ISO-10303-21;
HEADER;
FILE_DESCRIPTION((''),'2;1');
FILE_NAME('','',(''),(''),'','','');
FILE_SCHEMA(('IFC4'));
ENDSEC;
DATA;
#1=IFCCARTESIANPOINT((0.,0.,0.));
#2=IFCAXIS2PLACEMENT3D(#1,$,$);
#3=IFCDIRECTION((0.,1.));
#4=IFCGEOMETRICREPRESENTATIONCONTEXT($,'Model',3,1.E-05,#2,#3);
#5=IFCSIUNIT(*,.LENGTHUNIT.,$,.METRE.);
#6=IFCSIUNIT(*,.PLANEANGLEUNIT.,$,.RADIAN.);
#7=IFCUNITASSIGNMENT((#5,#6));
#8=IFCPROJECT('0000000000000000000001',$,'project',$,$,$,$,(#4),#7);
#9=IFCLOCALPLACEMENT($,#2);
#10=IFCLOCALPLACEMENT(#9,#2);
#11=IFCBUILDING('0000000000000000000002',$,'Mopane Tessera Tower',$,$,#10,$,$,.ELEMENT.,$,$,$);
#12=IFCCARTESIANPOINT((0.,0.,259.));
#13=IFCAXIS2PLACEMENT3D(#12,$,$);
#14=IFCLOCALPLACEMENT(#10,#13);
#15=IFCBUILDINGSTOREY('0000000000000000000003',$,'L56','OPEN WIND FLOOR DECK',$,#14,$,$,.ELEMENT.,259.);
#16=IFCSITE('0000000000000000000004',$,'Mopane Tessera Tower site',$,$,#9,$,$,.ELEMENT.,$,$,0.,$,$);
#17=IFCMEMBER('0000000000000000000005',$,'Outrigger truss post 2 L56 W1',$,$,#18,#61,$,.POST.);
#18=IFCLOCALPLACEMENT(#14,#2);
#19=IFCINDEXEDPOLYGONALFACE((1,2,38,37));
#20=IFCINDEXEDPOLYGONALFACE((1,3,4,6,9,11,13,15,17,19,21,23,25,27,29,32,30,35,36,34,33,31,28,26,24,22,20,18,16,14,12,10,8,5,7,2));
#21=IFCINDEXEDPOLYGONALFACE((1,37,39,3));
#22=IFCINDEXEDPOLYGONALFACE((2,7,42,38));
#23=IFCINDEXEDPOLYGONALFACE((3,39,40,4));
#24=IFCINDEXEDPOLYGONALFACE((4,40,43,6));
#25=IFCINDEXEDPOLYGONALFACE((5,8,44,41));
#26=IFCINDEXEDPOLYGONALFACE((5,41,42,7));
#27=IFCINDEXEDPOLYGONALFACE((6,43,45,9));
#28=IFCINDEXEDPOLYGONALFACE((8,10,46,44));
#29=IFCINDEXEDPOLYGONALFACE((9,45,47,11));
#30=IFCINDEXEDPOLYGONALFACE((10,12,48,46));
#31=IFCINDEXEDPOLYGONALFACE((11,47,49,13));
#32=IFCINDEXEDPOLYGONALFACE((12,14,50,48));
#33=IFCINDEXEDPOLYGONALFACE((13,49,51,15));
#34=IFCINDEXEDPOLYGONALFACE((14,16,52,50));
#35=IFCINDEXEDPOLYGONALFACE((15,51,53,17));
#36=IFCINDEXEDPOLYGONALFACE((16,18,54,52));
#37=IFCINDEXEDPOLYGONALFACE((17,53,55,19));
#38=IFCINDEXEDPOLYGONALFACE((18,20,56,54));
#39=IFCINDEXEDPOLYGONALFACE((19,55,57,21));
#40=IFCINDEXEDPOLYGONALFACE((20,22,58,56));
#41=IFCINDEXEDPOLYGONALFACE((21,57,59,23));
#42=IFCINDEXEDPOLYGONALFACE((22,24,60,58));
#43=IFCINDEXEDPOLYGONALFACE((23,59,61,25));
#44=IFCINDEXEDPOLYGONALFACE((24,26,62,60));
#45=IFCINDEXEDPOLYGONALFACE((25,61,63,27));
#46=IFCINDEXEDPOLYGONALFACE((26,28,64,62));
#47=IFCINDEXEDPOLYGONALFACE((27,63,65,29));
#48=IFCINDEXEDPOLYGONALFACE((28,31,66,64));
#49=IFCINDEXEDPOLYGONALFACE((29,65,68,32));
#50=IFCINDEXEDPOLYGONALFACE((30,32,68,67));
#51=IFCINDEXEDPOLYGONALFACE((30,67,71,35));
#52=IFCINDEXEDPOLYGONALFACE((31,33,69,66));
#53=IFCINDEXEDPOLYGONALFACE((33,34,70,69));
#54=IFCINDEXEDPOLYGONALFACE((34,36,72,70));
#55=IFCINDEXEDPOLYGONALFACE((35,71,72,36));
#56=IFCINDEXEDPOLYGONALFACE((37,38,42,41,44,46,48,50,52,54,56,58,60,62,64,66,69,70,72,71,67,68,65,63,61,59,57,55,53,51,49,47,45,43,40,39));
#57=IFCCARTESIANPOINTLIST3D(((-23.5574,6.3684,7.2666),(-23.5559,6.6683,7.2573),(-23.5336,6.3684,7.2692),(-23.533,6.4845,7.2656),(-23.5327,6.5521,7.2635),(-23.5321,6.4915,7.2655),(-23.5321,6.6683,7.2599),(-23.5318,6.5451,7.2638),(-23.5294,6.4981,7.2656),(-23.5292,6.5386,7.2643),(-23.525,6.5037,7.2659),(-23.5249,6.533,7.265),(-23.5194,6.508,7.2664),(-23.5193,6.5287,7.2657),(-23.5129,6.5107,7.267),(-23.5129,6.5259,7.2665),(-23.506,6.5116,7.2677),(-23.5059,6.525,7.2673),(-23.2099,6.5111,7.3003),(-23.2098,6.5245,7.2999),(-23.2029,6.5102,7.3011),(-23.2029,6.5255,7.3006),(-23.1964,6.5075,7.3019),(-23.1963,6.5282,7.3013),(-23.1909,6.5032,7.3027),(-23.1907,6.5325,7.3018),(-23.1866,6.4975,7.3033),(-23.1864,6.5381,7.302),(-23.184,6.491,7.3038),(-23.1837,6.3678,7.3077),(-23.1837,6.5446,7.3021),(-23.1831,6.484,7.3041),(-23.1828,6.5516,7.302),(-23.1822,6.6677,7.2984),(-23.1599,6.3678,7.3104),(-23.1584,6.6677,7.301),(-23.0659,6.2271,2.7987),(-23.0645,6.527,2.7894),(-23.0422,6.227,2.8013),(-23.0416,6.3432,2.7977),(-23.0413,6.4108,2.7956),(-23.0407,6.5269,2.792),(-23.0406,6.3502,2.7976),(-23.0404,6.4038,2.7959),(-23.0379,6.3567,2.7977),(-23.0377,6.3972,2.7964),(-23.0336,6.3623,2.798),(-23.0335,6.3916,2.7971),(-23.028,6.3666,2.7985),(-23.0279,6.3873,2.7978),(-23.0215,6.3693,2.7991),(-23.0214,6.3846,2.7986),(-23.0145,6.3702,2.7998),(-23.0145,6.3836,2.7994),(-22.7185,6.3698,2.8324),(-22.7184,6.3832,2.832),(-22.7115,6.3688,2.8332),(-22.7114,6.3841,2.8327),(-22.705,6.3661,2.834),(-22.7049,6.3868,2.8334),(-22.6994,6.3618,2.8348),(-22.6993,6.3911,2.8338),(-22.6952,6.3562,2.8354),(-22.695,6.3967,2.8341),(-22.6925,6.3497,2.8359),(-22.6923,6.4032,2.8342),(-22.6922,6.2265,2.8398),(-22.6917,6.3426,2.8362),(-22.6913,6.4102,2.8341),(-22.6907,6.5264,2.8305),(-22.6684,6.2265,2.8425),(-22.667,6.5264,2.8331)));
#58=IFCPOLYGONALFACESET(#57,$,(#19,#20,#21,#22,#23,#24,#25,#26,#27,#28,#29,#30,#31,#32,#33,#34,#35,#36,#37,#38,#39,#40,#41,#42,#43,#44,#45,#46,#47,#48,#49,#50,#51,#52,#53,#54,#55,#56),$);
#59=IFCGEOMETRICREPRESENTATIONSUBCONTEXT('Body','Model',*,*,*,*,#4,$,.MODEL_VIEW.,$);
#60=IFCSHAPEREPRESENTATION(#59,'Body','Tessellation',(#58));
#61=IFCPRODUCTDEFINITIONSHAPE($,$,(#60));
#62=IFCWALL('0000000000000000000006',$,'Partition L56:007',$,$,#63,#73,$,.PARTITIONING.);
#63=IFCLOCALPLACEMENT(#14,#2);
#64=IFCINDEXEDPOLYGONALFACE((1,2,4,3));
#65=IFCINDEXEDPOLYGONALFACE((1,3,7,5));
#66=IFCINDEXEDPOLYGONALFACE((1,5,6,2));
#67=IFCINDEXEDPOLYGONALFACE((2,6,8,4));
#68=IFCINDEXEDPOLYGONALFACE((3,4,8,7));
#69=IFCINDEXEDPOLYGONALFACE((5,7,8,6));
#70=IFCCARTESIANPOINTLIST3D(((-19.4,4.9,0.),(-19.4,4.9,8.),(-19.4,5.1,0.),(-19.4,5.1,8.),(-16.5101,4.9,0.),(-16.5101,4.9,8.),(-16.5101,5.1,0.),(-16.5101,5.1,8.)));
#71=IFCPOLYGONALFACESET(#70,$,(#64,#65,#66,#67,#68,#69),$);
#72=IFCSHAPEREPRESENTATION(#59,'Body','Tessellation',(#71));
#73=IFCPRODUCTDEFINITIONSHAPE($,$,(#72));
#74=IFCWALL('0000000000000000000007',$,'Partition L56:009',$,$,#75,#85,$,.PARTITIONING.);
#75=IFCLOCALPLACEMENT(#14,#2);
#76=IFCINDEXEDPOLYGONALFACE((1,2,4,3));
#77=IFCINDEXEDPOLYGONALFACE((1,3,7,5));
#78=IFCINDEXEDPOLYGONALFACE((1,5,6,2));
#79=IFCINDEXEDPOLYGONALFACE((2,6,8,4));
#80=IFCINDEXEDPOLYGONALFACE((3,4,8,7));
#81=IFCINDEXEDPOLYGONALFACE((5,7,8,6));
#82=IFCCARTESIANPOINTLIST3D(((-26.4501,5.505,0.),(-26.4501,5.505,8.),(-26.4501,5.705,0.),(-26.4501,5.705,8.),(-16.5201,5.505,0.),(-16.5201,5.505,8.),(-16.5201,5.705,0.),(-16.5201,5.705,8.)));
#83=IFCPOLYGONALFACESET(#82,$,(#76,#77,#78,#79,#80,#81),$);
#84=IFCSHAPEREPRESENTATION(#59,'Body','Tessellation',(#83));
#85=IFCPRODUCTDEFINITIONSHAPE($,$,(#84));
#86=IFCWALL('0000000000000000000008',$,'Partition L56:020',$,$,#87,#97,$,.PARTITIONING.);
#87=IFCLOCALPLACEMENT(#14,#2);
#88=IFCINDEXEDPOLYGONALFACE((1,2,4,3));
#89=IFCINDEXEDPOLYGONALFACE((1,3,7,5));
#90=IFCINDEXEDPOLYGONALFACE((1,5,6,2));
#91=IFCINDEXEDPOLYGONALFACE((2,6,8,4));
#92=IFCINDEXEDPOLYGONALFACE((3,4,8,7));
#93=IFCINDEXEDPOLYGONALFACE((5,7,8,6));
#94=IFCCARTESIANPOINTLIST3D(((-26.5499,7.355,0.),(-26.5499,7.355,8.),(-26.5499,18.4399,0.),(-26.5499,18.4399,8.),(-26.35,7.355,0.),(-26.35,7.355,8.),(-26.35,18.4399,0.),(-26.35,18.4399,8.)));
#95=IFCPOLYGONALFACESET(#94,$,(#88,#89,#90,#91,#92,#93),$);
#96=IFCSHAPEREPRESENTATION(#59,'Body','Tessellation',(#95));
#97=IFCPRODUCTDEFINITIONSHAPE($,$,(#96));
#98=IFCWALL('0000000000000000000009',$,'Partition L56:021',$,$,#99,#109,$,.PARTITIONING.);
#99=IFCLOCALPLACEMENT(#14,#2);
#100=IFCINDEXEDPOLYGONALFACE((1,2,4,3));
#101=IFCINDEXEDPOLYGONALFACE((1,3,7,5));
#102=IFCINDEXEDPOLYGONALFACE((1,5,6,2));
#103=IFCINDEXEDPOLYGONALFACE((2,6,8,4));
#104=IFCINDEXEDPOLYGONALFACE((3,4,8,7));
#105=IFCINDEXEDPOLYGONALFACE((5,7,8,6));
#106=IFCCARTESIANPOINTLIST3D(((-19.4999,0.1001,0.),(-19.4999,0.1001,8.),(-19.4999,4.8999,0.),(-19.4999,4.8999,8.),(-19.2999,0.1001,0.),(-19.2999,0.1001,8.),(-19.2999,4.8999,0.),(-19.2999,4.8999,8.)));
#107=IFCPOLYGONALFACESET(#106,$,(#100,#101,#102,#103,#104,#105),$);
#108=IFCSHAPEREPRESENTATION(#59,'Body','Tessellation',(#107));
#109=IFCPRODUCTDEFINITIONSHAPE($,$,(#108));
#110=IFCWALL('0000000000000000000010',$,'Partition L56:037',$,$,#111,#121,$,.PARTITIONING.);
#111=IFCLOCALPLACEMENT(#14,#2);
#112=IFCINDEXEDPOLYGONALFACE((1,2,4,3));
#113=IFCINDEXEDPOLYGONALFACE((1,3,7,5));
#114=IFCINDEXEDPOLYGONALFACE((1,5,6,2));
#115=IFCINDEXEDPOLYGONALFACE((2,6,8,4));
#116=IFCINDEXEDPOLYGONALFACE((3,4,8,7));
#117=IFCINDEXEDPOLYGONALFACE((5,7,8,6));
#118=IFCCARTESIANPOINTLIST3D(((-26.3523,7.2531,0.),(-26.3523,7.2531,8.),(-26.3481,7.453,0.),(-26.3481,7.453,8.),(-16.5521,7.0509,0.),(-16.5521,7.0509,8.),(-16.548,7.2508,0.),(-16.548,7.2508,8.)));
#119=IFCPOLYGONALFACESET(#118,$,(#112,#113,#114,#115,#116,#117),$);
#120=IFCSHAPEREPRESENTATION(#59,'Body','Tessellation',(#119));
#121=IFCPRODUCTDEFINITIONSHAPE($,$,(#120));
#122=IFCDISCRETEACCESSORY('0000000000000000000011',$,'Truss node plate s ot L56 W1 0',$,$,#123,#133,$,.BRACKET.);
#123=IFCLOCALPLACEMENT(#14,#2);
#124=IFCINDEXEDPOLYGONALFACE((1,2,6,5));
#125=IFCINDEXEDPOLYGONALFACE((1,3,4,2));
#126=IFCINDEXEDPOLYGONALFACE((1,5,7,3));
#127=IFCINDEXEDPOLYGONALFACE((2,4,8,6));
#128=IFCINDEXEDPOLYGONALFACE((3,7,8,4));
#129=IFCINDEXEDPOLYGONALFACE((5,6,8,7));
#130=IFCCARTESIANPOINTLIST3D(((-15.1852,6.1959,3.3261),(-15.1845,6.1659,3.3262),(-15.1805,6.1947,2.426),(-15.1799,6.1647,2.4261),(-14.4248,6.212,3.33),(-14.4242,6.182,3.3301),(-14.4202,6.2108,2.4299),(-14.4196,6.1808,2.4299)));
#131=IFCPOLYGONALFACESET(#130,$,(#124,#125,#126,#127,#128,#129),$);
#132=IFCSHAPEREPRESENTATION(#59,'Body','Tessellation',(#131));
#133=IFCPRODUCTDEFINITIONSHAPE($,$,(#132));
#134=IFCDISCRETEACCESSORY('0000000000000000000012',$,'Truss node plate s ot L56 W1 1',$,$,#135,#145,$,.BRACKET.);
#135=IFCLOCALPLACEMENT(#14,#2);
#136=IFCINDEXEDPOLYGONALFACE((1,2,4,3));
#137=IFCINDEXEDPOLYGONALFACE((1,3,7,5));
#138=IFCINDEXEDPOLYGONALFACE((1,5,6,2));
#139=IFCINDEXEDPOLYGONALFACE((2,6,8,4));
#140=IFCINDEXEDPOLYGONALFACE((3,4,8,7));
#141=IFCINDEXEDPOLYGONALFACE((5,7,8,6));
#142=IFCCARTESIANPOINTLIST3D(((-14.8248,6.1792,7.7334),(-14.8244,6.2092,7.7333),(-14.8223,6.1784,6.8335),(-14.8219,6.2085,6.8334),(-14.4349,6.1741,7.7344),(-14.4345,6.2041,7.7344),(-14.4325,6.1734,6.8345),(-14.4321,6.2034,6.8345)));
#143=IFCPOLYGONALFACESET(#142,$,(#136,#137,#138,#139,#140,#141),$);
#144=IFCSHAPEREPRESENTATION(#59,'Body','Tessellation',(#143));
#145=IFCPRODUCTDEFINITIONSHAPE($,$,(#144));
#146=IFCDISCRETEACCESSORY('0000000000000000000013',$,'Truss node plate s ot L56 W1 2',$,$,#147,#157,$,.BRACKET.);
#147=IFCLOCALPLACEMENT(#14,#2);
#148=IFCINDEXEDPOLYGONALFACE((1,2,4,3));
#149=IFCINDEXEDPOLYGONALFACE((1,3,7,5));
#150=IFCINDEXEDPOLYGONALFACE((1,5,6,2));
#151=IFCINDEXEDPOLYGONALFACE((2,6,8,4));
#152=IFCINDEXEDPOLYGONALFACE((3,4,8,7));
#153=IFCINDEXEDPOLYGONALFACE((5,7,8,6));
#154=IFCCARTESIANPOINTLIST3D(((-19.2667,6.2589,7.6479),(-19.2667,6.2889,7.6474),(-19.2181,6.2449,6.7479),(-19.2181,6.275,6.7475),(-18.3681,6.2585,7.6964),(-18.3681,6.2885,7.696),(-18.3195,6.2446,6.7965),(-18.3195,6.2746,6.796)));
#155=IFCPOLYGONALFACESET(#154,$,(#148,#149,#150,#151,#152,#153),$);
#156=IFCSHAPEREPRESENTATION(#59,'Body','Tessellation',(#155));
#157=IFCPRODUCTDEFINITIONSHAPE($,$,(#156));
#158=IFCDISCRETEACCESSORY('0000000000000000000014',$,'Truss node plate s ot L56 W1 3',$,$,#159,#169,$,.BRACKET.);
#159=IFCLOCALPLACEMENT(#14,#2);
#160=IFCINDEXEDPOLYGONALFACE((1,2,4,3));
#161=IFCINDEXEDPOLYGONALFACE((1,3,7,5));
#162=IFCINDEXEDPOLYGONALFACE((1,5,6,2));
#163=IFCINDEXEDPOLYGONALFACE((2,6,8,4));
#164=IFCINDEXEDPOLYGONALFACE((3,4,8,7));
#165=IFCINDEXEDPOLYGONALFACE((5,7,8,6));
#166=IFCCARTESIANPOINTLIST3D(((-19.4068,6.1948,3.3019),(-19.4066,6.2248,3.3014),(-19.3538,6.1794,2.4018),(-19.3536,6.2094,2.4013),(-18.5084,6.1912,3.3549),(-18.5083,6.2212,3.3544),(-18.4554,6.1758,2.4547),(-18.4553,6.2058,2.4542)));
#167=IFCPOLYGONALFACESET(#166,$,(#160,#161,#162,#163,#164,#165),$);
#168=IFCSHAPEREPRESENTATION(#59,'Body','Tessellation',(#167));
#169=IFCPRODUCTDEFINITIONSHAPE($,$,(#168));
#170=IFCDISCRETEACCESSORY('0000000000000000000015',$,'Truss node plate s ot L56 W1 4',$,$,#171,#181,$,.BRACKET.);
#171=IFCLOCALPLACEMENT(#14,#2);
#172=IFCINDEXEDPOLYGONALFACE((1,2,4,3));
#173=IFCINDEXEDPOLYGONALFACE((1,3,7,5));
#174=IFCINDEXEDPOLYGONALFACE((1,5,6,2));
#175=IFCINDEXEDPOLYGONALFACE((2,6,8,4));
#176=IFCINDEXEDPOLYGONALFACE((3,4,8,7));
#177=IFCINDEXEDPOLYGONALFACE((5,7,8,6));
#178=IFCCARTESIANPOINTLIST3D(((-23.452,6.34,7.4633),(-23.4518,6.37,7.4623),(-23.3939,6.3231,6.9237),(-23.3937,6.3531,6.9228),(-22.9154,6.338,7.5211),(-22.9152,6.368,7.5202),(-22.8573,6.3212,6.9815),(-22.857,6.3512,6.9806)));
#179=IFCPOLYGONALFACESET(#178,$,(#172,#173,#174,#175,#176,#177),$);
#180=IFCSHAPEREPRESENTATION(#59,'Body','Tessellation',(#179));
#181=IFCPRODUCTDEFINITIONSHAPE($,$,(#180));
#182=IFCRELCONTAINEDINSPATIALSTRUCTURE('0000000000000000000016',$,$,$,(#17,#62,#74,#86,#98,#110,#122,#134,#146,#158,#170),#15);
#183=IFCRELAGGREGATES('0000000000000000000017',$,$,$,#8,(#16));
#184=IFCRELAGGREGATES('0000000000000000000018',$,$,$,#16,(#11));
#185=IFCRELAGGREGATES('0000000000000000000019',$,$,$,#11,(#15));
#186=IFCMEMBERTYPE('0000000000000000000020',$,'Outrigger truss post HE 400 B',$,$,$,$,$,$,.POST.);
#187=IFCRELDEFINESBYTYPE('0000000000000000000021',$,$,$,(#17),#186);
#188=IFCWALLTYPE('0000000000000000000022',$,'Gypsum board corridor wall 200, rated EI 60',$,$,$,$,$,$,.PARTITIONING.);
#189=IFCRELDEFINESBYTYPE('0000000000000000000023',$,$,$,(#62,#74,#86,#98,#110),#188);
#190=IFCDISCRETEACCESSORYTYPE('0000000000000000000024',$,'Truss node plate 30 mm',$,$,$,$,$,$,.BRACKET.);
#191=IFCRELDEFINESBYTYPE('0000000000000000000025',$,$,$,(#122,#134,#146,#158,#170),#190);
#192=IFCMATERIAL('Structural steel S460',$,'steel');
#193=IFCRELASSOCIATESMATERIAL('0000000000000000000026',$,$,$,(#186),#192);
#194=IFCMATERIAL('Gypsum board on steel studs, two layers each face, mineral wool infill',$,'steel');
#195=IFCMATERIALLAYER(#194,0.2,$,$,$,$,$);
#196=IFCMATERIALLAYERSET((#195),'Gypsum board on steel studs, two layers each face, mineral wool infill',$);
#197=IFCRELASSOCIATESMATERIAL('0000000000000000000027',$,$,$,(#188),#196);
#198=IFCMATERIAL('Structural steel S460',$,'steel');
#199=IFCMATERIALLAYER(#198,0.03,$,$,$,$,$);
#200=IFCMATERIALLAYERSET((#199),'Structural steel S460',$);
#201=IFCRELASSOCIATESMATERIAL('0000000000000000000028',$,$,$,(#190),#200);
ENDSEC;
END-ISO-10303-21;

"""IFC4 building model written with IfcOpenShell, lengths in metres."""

from ifc_helpers import new_model, si_unit, direction, frame, frame_2d, origin, origin_2d, place, context, subcontext, project, spatial, rectangle, i_section, extrude, material, layer, layer_set, material_profile, profile_set, type_object, element, save


model = new_model("IFC4")

# Units and contexts
model_context = context("Model", 3, precision=1e-05, world=origin(), true_north=direction((0.0, 1.0)))
body_context = subcontext(model_context, "Body", "Model", "MODEL_VIEW")
ifc_project = project(units=[si_unit("LENGTHUNIT", "METRE"), si_unit("PLANEANGLEUNIT", "RADIAN")], contexts=[model_context])

# Site, building, storey
site_placement = place(None, origin())
site = spatial("IfcSite", under=ifc_project, at=site_placement, Name="Mopane Tessera Tower site", CompositionType="ELEMENT", RefElevation=0.0)
building_placement = place(site_placement, origin())
building = spatial("IfcBuilding", under=site, at=building_placement, Name="Mopane Tessera Tower", CompositionType="ELEMENT")
storey_placement = place(building_placement, frame((0.0, 0.0, 259.0)))
storey = spatial("IfcBuildingStorey", under=building, at=storey_placement, Name="L56", Description="OPEN WIND FLOOR DECK", CompositionType="ELEMENT", Elevation=259.0)

# Member
ifc_material_1 = material(Name="Structural steel S460", Category="steel")
ifc_material_profile_1 = material_profile(ifc_material_1, i_section(OverallWidth=0.3, OverallDepth=0.3999, WebThickness=0.0134, FlangeThickness=0.0239, FilletRadius=0.0271, at=origin_2d()))
ifc_profile_set_1 = profile_set([ifc_material_profile_1], Name="Structural steel S460")
member_type_1 = type_object("IfcMemberType", Name="Outrigger truss post HE 400 B", PredefinedType="POST", material=ifc_profile_set_1)
member_1_placement = place(storey_placement, frame((-22.8665, 6.3767, 2.8159), z_axis=(-0.109281, 0.031432, 0.993514), x_axis=(-0.004954, -0.999505, 0.031077)))
element("IfcMember", 1, at=member_1_placement, inside=storey, type_object=member_type_1, Name="Outrigger truss post 2 L56 W1", PredefinedType="POST", context=body_context, shape_type="SweptSolid", body=[
    extrude(i_section(OverallWidth=0.3, OverallDepth=0.3999, WebThickness=0.0134, FlangeThickness=0.0239, FilletRadius=0.0271, at=origin_2d()), origin(), (0.0, 0.0, 1.0), 4.4971),
])

# Walls
ifc_material_2 = material(Name="Gypsum board on steel studs, two layers each face, mineral wool infill", Category="steel")
ifc_layer_1 = layer(ifc_material_2, 0.2)
ifc_layer_set_1 = layer_set([ifc_layer_1], Name="Gypsum board on steel studs, two layers each face, mineral wool infill")
wall_type = type_object("IfcWallType", Name="Gypsum board corridor wall 200, rated EI 60", PredefinedType="PARTITIONING", material=ifc_layer_set_1)
wall_1_placement = place(storey_placement, frame((-19.3999, 5.0, 0.0), z_axis=(0.0, 0.0, 1.0), x_axis=(1.0, 0.0, 0.0)))
element("IfcWall", 2, at=wall_1_placement, inside=storey, type_object=wall_type, Name="Partition L56:007", PredefinedType="PARTITIONING", context=body_context, shape_type="SweptSolid", body=[
    extrude(rectangle(XDim=2.8899, YDim=0.2, at=frame_2d((1.4448, 0.0))), origin(), (0.0, 0.0, 1.0), 8.0),
])
wall_2_placement = place(storey_placement, frame((-26.45, 5.605, 0.0), z_axis=(0.0, 0.0, 1.0), x_axis=(1.0, 0.0, 0.0)))
element("IfcWall", 3, at=wall_2_placement, inside=storey, type_object=wall_type, Name="Partition L56:009", PredefinedType="PARTITIONING", context=body_context, shape_type="SweptSolid", body=[
    extrude(rectangle(XDim=9.9299, YDim=0.2, at=frame_2d((4.9648, 0.0))), origin(), (0.0, 0.0, 1.0), 8.0),
])
wall_3_placement = place(storey_placement, frame((-26.45, 7.355, 0.0), z_axis=(0.0, 0.0, 1.0), x_axis=(0.0, 1.0, 0.0)))
element("IfcWall", 4, at=wall_3_placement, inside=storey, type_object=wall_type, Name="Partition L56:020", PredefinedType="PARTITIONING", context=body_context, shape_type="SweptSolid", body=[
    extrude(rectangle(XDim=11.085, YDim=0.2, at=frame_2d((5.5425, 0.0))), origin(), (0.0, 0.0, 1.0), 8.0),
])
wall_4_placement = place(storey_placement, frame((-19.3999, 0.1001, 0.0), z_axis=(0.0, 0.0, 1.0), x_axis=(0.0, 1.0, 0.0)))
element("IfcWall", 5, at=wall_4_placement, inside=storey, type_object=wall_type, Name="Partition L56:021", PredefinedType="PARTITIONING", context=body_context, shape_type="SweptSolid", body=[
    extrude(rectangle(XDim=4.7998, YDim=0.2, at=frame_2d((2.3999, 0.0))), origin(), (0.0, 0.0, 1.0), 8.0),
])
wall_5_placement = place(storey_placement, frame((-16.55, 7.1509, 0.0), z_axis=(0.0, 0.0, 1.0), x_axis=(-0.999787, 0.020623, 0.0)))
element("IfcWall", 6, at=wall_5_placement, inside=storey, type_object=wall_type, Name="Partition L56:037", PredefinedType="PARTITIONING", context=body_context, shape_type="SweptSolid", body=[
    extrude(rectangle(XDim=9.8022, YDim=0.2, at=frame_2d((4.9011, 0.0))), origin(), (0.0, 0.0, 1.0), 8.0),
])

# Discrete accessories
ifc_material_3 = material(Name="Structural steel S460", Category="steel")
ifc_layer_2 = layer(ifc_material_3, 0.03)
ifc_layer_set_2 = layer_set([ifc_layer_2], Name="Structural steel S460")
discrete_accessory_type = type_object("IfcDiscreteAccessoryType", Name="Truss node plate 30 mm", PredefinedType="BRACKET", material=ifc_layer_set_2)
discrete_accessory_1_placement = place(storey_placement, frame((-14.8, 6.1877, 2.428), z_axis=(-0.005153, 0.001356, 0.999986), x_axis=(0.021202, -0.999774, 0.001465)))
element("IfcDiscreteAccessory", 7, at=discrete_accessory_1_placement, inside=storey, type_object=discrete_accessory_type, Name="Truss node plate s ot L56 W1 0", PredefinedType="BRACKET", context=body_context, shape_type="SweptSolid", body=[
    extrude(rectangle(XDim=0.03, YDim=0.7605, at=origin_2d()), origin(), (0.0, 0.0, 1.0), 0.9001),
])
discrete_accessory_2_placement = place(storey_placement, frame((-14.6272, 6.1909, 6.834), z_axis=(-0.002713, 0.000814, 0.999996), x_axis=(-0.012924, -0.999916, 0.000779)))
element("IfcDiscreteAccessory", 8, at=discrete_accessory_2_placement, inside=storey, type_object=discrete_accessory_type, Name="Truss node plate s ot L56 W1 1", PredefinedType="BRACKET", context=body_context, shape_type="SweptSolid", body=[
    extrude(rectangle(XDim=0.03, YDim=0.3899, at=origin_2d()), origin(), (0.0, 0.0, 1.0), 0.8999),
])
discrete_accessory_3_placement = place(storey_placement, frame((-18.7688, 6.2598, 6.772), z_axis=(-0.053903, 0.01544, 0.998427), x_axis=(-0.00126, -0.999881, 0.015394)))
element("IfcDiscreteAccessory", 9, at=discrete_accessory_3_placement, inside=storey, type_object=discrete_accessory_type, Name="Truss node plate s ot L56 W1 2", PredefinedType="BRACKET", context=body_context, shape_type="SweptSolid", body=[
    extrude(rectangle(XDim=0.03, YDim=0.8999, at=origin_2d()), origin(), (0.0, 0.0, 1.0), 0.9014),
])
discrete_accessory_4_placement = place(storey_placement, frame((-18.9045, 6.1926, 2.428), z_axis=(-0.058745, 0.017055, 0.998127), x_axis=(-0.005007, -0.999847, 0.01679)))
element("IfcDiscreteAccessory", 10, at=discrete_accessory_4_placement, inside=storey, type_object=discrete_accessory_type, Name="Truss node plate s ot L56 W1 3", PredefinedType="BRACKET", context=body_context, shape_type="SweptSolid", body=[
    extrude(rectangle(XDim=0.03, YDim=0.8999, at=origin_2d()), origin(), (0.0, 0.0, 1.0), 0.9019),
])
discrete_accessory_5_placement = place(storey_placement, frame((-23.1255, 6.3372, 6.9521), z_axis=(-0.107022, 0.031027, 0.993772), x_axis=(-0.006922, -0.999512, 0.030461)))
element("IfcDiscreteAccessory", 11, at=discrete_accessory_5_placement, inside=storey, type_object=discrete_accessory_type, Name="Truss node plate s ot L56 W1 4", PredefinedType="BRACKET", context=body_context, shape_type="SweptSolid", body=[
    extrude(rectangle(XDim=0.03, YDim=0.5398, at=origin_2d()), origin(), (0.0, 0.0, 1.0), 0.543),
])

save(model, "model.ifc")
